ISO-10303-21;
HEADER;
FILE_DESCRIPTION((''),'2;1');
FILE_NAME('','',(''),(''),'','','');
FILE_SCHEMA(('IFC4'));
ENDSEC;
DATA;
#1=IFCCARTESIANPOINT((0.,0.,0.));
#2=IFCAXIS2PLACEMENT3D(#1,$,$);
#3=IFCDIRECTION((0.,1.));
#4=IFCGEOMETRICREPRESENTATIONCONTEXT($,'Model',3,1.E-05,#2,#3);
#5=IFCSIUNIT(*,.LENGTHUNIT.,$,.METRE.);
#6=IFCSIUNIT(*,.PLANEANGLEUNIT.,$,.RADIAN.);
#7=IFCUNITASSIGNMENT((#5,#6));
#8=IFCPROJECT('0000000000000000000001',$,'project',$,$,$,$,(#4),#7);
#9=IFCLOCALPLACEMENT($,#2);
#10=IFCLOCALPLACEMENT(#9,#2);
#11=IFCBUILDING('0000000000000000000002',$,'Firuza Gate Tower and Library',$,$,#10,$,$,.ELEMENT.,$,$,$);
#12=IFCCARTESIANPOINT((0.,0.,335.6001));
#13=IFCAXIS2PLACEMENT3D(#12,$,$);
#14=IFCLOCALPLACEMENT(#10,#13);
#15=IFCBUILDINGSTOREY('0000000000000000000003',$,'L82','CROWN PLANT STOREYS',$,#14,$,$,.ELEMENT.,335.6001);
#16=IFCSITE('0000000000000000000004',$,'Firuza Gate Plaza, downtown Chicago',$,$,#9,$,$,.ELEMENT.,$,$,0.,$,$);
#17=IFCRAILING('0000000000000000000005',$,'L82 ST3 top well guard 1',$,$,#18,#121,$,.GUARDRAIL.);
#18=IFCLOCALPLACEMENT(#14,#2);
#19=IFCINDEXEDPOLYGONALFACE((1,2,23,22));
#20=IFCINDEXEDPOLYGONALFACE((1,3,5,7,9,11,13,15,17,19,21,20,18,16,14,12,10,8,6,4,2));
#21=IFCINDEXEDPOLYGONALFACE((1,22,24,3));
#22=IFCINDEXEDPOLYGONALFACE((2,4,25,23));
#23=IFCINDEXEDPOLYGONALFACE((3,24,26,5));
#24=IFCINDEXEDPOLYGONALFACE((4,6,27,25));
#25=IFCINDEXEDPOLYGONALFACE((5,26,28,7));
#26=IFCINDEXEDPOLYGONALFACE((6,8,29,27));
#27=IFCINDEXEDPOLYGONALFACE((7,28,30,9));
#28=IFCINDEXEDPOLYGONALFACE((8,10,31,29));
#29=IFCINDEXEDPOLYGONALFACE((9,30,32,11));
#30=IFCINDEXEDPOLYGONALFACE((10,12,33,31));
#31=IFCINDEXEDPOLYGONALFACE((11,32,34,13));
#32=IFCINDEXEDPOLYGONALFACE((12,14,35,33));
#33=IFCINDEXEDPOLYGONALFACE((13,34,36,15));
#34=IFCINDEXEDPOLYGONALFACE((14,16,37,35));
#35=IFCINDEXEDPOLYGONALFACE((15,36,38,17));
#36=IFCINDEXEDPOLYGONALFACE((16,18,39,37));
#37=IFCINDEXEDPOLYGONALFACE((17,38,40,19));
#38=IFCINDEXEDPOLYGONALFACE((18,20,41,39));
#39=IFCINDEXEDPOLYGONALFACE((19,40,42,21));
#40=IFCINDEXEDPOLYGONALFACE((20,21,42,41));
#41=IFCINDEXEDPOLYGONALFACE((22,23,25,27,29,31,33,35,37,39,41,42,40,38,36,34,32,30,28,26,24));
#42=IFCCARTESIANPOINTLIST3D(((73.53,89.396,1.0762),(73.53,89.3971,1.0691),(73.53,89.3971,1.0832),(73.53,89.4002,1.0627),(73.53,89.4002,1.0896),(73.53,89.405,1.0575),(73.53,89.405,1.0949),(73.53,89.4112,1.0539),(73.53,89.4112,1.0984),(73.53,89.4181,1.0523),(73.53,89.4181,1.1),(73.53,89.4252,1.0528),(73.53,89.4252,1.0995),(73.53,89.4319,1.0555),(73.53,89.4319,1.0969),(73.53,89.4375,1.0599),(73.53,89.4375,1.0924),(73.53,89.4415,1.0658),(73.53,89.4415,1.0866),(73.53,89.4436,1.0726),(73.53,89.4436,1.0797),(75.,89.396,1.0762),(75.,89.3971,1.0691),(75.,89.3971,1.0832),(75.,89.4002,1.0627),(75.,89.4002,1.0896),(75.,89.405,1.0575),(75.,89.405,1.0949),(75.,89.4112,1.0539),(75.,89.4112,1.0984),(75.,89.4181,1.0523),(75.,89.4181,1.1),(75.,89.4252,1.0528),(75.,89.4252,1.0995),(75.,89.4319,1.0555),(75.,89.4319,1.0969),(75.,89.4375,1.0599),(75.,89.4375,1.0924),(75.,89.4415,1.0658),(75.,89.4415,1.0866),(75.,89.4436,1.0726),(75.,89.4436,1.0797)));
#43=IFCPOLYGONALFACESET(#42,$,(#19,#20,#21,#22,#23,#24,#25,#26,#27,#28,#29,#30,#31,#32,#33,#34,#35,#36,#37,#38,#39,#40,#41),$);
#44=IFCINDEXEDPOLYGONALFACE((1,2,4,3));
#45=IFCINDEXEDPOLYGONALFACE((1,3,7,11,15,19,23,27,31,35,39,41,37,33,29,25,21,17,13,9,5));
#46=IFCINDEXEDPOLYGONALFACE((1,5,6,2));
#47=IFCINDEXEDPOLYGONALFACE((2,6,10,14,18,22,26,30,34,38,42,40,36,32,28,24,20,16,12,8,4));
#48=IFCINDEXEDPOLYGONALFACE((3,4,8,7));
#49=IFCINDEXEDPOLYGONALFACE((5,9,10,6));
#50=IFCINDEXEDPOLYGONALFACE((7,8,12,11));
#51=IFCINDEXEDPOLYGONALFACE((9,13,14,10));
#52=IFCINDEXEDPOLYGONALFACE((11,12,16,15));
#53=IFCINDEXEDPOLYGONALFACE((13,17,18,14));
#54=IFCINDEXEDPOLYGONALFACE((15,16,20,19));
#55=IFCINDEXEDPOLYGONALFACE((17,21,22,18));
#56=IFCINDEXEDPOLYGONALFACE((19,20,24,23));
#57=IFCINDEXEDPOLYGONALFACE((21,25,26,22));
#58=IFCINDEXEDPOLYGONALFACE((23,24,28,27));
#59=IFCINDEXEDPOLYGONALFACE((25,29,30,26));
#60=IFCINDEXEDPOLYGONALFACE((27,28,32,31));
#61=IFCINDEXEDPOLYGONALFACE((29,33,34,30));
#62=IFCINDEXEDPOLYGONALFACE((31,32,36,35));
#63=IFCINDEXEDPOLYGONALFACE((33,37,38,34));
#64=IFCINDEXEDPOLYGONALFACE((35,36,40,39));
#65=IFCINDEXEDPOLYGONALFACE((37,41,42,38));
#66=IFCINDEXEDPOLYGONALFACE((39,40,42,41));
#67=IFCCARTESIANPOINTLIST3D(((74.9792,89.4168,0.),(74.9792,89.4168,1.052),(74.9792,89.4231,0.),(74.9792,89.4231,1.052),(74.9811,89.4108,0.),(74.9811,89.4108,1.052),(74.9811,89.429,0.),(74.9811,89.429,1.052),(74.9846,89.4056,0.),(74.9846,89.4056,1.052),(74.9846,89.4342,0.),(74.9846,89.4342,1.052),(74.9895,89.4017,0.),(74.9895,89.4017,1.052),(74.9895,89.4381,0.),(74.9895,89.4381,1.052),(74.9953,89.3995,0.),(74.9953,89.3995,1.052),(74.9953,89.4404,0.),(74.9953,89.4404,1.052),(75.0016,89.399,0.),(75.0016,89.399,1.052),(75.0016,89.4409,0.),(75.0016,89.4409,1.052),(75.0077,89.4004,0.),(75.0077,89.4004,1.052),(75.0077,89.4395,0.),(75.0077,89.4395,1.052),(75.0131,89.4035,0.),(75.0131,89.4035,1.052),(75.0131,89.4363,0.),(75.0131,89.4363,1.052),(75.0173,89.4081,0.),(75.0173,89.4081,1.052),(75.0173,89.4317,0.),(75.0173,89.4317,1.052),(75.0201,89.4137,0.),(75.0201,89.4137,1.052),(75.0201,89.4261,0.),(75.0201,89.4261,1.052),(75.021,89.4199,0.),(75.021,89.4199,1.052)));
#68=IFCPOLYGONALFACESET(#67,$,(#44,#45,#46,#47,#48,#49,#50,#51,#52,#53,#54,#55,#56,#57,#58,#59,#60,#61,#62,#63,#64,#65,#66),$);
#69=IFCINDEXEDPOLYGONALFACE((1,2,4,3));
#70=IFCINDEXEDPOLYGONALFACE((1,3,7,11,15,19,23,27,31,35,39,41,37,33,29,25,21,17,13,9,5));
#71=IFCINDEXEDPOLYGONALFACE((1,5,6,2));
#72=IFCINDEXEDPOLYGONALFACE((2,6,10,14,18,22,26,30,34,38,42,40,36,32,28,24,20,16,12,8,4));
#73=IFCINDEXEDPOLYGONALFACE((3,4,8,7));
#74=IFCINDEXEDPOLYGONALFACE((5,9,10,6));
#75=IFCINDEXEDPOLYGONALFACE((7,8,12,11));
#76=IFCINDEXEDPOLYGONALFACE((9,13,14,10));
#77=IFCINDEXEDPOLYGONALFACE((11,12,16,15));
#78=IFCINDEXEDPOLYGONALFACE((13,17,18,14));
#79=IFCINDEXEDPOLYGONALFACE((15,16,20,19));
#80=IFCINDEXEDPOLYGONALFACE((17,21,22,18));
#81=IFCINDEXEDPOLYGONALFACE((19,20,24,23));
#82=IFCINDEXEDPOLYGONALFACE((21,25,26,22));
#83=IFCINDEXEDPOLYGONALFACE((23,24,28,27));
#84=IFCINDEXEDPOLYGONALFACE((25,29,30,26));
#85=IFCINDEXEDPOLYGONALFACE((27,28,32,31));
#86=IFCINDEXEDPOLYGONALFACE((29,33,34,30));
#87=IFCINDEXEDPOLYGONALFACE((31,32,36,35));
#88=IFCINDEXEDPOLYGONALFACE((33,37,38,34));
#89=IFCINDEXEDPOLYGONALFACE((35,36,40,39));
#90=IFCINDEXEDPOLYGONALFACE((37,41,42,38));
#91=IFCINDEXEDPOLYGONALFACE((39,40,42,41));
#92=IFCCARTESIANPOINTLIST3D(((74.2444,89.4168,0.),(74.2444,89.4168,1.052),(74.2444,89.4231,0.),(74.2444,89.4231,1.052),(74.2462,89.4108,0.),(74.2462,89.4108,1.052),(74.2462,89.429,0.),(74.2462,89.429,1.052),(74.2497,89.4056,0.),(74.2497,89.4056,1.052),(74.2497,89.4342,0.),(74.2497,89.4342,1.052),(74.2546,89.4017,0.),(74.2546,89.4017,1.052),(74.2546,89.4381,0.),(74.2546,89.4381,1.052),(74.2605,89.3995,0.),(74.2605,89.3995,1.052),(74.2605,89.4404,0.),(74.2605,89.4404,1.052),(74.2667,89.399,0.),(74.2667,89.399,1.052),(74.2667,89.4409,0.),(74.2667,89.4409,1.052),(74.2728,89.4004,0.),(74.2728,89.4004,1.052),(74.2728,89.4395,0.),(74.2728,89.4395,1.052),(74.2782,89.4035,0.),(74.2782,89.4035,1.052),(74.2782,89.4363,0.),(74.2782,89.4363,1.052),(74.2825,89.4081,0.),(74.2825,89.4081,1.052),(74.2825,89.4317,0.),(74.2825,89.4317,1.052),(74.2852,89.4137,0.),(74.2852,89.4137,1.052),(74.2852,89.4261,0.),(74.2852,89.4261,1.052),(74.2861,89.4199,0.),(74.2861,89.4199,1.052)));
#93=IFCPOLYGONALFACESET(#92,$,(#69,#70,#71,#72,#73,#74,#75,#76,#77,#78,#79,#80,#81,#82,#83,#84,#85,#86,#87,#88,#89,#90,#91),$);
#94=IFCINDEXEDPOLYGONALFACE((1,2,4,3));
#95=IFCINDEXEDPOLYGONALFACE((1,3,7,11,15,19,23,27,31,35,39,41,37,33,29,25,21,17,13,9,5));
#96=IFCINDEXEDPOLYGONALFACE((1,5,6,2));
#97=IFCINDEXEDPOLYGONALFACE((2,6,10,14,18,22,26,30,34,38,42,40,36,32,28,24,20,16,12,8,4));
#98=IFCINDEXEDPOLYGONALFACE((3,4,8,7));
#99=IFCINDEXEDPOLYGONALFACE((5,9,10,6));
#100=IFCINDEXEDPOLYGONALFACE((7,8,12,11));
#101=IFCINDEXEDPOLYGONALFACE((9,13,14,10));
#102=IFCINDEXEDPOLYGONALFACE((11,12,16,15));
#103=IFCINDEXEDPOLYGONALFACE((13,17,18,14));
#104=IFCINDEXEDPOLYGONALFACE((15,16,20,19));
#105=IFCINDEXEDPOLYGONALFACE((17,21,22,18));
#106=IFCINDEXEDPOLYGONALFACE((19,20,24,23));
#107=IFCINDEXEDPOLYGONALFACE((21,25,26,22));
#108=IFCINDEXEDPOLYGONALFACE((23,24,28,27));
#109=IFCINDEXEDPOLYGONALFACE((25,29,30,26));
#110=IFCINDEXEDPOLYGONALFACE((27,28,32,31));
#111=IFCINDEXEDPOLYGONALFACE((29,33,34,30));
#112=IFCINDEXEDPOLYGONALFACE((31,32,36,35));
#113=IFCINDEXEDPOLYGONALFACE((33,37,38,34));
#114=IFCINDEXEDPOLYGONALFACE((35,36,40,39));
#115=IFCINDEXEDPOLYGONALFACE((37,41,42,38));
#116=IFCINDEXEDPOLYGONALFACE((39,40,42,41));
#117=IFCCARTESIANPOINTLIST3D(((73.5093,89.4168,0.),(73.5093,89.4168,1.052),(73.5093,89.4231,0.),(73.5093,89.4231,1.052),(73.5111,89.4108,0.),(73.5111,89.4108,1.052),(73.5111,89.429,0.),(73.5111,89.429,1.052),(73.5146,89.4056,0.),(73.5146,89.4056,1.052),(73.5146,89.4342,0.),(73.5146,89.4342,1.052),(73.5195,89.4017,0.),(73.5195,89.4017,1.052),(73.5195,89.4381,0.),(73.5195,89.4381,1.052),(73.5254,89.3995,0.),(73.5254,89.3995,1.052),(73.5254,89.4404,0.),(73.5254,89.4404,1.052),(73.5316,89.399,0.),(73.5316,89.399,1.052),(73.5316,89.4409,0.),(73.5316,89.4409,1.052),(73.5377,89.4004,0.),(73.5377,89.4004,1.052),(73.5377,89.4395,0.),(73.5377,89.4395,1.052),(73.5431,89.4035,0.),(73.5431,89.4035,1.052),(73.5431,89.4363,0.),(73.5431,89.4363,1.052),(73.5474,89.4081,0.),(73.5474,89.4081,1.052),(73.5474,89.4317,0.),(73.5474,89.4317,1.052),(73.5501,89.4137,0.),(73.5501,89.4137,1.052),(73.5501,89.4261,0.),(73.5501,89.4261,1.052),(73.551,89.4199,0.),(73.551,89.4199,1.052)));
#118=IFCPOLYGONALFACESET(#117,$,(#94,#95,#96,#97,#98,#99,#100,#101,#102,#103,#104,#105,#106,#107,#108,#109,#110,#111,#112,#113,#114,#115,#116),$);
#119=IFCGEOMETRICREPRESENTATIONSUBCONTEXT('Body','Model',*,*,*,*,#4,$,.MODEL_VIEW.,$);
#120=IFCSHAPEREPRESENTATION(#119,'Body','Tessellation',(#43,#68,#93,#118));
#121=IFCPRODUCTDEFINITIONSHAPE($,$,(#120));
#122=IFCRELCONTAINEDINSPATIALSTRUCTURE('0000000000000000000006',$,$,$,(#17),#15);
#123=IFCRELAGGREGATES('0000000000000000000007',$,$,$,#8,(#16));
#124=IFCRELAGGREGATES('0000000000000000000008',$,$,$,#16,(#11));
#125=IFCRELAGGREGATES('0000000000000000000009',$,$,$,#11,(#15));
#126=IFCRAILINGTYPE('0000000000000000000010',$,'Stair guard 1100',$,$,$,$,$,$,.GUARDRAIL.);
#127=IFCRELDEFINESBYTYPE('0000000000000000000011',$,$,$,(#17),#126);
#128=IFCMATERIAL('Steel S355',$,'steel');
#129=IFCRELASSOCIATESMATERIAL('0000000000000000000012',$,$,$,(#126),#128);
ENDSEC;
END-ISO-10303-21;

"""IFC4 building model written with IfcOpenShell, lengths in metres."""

from ifc_helpers import new_model, si_unit, direction, frame, origin, origin_2d, place, context, subcontext, project, spatial, circle, extrude, material, type_object, element, save


model = new_model("IFC4")

# Units and contexts
model_context = context("Model", 3, precision=1e-05, world=origin(), true_north=direction((0.0, 1.0)))
body_context = subcontext(model_context, "Body", "Model", "MODEL_VIEW")
ifc_project = project(units=[si_unit("LENGTHUNIT", "METRE"), si_unit("PLANEANGLEUNIT", "RADIAN")], contexts=[model_context])

# Site, building, storey
site_placement = place(None, origin())
site = spatial("IfcSite", under=ifc_project, at=site_placement, Name="Firuza Gate Plaza, downtown Chicago", CompositionType="ELEMENT", RefElevation=0.0)
building_placement = place(site_placement, origin())
building = spatial("IfcBuilding", under=site, at=building_placement, Name="Firuza Gate Tower and Library", CompositionType="ELEMENT")
storey_placement = place(building_placement, frame((0.0, 0.0, 335.6001)))
storey = spatial("IfcBuildingStorey", under=building, at=storey_placement, Name="L82", Description="CROWN PLANT STOREYS", CompositionType="ELEMENT", Elevation=335.6001)

# Railing
ifc_material_1 = material(Name="Steel S355", Category="steel")
railing_type = type_object("IfcRailingType", Name="Stair guard 1100", PredefinedType="GUARDRAIL", material=ifc_material_1)
railing_placement = place(storey_placement, frame((75.0, 89.4199, 0.0)))
element("IfcRailing", 1, at=railing_placement, inside=storey, type_object=railing_type, Name="L82 ST3 top well guard 1", PredefinedType="GUARDRAIL", context=body_context, shape_type="SweptSolid", body=[
    extrude(circle(Radius=0.0239, at=origin_2d()), frame((0.0, 0.0, 1.0762), z_axis=(-1.0, 0.0, 0.0), x_axis=(0.0, -1.0, 0.0)), (0.0, 0.0, 1.0), 1.47),
    extrude(circle(Radius=0.021, at=origin_2d()), origin(), (0.0, 0.0, 1.0), 1.052),
    extrude(circle(Radius=0.021, at=origin_2d()), frame((-0.7349, 0.0, 0.0)), (0.0, 0.0, 1.0), 1.052),
    extrude(circle(Radius=0.021, at=origin_2d()), frame((-1.47, 0.0, 0.0)), (0.0, 0.0, 1.0), 1.052),
])

save(model, "model.ifc")
